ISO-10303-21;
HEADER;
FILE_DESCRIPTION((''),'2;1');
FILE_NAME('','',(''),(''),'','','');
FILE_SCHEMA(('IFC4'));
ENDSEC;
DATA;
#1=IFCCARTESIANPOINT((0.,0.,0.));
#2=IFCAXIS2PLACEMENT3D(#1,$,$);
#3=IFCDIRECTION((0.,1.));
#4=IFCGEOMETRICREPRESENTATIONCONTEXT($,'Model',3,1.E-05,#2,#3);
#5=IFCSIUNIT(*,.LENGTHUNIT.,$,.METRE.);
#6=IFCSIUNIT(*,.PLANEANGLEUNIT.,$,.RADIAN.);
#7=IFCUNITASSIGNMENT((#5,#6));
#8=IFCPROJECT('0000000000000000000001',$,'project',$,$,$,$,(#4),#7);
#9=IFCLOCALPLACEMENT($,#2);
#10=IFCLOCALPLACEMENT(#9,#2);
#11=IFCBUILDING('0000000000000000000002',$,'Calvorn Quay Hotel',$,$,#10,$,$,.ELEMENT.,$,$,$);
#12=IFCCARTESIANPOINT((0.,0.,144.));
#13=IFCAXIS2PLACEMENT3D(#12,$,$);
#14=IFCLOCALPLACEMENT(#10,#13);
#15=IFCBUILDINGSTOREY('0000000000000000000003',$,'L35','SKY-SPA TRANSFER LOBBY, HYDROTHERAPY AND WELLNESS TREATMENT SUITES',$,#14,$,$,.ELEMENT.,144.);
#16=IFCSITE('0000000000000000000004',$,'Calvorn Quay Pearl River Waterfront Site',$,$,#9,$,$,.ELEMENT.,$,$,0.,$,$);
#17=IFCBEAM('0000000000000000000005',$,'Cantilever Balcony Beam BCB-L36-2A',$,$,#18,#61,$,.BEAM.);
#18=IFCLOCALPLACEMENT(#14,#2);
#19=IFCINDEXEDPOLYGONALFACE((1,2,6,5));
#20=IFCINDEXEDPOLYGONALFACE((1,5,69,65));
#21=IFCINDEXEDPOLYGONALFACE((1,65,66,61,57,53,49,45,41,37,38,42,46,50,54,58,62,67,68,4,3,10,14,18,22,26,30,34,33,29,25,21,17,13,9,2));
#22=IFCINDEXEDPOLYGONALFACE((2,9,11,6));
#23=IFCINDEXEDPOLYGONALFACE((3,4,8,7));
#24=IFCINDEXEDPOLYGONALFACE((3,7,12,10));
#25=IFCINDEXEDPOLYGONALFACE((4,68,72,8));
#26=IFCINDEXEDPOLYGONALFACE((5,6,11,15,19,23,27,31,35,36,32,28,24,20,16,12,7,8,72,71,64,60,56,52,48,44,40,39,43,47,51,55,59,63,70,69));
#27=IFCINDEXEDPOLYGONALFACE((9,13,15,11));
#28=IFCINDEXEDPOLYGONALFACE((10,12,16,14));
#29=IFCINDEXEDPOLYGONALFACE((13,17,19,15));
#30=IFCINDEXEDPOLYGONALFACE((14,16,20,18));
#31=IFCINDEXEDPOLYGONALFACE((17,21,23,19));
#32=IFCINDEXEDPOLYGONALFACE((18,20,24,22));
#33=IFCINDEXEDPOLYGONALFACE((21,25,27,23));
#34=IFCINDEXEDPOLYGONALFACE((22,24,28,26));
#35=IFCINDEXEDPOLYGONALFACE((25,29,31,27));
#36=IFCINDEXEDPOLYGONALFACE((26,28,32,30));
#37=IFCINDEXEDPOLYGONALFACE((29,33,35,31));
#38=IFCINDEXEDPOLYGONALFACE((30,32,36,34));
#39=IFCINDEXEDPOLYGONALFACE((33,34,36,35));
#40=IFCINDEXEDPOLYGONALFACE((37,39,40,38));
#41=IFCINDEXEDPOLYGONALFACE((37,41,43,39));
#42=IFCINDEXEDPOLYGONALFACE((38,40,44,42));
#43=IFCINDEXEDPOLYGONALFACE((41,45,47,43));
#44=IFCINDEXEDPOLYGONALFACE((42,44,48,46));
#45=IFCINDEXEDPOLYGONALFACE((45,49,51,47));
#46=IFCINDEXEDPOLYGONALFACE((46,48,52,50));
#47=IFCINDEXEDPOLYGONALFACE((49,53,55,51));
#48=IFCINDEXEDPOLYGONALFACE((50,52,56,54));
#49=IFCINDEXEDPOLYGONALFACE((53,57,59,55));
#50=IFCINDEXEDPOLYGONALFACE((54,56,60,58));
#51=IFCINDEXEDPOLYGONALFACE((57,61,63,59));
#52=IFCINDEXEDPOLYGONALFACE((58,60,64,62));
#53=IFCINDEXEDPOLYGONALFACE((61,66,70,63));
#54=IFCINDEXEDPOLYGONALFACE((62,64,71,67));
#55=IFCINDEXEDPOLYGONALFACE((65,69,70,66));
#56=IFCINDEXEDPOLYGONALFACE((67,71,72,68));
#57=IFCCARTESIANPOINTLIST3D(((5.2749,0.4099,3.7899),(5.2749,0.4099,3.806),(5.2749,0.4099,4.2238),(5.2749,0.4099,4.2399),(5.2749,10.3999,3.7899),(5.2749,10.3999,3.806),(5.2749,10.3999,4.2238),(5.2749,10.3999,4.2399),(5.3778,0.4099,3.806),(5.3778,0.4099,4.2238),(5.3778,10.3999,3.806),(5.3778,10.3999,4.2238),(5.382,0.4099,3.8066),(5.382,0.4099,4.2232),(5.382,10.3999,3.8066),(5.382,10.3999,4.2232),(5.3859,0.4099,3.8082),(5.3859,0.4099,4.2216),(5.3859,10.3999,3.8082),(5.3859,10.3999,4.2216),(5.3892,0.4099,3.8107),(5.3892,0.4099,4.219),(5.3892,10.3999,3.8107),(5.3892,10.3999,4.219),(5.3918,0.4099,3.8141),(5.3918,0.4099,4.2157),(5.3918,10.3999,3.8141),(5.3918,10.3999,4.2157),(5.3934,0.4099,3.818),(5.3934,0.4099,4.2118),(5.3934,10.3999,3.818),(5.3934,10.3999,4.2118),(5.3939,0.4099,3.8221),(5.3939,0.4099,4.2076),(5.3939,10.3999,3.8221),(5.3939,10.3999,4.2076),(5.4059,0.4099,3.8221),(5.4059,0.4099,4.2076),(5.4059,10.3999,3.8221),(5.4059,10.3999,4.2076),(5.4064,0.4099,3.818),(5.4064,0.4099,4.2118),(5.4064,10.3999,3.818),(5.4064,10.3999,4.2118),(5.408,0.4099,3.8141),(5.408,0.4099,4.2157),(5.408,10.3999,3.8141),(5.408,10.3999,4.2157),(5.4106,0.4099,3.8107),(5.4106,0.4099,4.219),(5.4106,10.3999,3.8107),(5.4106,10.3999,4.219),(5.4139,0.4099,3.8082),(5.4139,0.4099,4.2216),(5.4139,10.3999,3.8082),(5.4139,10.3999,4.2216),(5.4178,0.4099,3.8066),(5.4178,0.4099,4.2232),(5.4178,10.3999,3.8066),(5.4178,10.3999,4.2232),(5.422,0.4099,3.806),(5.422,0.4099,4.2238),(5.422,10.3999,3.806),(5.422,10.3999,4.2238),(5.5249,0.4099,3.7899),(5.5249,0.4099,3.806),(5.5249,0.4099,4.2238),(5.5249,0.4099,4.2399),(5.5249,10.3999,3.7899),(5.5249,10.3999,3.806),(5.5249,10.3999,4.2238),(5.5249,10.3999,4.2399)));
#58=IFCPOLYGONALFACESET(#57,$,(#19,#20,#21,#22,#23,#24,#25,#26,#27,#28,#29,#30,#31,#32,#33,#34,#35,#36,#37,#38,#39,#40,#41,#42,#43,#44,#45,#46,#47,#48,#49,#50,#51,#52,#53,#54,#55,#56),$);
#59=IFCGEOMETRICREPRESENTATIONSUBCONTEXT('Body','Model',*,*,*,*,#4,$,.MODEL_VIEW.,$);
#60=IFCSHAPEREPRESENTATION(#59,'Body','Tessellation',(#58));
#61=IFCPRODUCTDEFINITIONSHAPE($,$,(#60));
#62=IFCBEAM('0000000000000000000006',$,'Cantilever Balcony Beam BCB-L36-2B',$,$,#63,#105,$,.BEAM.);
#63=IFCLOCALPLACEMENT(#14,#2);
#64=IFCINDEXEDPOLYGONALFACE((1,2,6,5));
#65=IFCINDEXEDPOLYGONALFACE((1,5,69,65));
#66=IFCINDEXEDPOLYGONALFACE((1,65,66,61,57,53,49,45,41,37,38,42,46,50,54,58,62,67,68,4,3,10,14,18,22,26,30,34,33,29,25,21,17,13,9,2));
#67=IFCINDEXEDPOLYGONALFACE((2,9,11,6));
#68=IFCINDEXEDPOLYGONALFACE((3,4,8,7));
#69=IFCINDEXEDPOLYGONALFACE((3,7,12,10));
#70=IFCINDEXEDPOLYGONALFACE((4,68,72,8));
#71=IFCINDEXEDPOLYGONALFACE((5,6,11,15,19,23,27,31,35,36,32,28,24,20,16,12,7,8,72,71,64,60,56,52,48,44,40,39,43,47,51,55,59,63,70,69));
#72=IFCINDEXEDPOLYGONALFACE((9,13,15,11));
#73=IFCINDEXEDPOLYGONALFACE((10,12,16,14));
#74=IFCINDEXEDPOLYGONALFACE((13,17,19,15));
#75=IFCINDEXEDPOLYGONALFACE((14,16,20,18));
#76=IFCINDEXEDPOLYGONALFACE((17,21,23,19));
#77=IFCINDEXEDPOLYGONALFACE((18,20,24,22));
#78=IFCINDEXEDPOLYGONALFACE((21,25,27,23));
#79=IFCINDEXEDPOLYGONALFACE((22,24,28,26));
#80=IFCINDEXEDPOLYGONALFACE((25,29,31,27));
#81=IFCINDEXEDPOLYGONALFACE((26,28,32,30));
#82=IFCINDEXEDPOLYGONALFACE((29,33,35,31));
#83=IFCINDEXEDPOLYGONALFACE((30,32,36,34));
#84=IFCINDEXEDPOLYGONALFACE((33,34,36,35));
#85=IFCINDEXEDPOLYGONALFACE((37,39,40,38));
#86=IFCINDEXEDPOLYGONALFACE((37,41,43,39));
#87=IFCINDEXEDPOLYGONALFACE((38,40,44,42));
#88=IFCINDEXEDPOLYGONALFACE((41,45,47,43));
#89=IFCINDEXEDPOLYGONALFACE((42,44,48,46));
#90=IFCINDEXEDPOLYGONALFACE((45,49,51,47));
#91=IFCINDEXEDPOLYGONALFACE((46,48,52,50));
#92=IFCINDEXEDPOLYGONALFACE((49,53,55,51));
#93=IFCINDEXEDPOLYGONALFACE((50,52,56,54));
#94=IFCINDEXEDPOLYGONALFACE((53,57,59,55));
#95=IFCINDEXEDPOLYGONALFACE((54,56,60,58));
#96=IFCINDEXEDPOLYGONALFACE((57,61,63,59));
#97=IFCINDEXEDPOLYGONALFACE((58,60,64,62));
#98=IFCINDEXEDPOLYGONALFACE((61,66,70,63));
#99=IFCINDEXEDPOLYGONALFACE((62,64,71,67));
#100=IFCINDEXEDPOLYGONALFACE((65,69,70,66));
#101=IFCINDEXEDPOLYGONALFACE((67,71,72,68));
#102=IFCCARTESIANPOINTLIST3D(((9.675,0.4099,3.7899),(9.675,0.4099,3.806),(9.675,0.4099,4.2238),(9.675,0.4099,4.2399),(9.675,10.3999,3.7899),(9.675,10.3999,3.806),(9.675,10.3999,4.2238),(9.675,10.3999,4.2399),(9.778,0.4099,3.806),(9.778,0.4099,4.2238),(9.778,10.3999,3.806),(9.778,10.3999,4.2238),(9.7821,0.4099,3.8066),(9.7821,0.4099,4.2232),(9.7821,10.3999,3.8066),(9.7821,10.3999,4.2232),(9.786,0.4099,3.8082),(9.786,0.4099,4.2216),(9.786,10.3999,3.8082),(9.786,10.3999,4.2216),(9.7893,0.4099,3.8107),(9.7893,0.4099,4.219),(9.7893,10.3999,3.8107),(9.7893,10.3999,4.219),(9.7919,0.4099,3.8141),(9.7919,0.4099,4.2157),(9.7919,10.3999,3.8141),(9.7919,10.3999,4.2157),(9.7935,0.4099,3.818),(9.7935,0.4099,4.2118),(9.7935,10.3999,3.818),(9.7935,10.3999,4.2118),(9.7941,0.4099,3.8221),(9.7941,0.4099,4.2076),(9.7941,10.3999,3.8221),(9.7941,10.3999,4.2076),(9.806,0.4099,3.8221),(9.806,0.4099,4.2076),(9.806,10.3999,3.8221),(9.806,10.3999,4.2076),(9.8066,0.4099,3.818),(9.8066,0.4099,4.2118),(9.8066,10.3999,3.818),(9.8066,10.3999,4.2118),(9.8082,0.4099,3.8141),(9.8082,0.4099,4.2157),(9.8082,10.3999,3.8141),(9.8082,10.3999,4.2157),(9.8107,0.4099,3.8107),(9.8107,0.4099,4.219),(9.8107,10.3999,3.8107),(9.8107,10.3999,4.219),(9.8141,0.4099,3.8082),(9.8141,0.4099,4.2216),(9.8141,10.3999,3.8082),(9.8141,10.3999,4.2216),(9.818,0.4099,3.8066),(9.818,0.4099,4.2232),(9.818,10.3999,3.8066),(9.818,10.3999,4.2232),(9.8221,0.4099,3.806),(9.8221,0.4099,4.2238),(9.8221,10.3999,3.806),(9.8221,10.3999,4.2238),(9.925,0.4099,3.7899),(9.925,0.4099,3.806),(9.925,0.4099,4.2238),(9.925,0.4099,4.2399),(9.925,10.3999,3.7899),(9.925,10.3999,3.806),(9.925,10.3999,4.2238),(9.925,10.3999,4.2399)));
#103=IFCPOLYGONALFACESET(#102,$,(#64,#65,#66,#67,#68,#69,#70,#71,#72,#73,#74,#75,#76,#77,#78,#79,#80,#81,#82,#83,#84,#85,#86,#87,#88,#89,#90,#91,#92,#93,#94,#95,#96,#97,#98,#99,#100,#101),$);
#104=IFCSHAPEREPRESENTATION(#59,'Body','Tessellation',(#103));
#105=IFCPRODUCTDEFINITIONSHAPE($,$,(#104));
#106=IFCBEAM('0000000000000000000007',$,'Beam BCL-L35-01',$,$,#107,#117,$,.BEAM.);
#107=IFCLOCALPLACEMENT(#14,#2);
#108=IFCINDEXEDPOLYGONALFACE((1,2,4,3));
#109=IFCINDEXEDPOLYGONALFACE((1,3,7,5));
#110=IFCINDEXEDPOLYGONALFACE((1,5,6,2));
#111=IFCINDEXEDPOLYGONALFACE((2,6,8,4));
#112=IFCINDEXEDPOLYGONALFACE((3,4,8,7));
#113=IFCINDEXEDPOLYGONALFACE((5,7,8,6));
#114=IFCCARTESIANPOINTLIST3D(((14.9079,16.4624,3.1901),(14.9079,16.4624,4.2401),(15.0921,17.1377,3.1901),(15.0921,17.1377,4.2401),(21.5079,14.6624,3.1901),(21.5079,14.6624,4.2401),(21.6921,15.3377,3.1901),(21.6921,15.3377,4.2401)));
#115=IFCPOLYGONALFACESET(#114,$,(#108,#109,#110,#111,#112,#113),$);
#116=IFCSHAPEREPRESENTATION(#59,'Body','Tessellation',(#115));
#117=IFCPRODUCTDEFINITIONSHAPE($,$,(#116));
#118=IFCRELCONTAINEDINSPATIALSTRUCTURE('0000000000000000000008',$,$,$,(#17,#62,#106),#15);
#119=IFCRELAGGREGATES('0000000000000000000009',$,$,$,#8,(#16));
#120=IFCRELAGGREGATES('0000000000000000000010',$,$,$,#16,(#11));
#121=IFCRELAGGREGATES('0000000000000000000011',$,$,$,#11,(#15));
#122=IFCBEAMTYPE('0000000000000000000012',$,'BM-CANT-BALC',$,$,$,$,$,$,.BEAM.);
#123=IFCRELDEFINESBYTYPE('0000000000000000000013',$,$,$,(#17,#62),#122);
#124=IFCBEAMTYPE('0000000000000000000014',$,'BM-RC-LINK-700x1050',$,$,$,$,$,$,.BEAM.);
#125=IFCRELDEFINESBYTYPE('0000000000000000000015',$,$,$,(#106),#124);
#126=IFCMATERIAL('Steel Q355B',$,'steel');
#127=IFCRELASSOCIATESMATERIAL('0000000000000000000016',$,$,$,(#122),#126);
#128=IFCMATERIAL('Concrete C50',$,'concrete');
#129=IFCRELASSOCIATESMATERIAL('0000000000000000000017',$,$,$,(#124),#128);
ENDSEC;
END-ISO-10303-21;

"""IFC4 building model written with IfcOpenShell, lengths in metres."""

from ifc_helpers import new_model, si_unit, direction, frame, origin, origin_2d, place, context, subcontext, project, spatial, rectangle, i_section, extrude, material, material_profile, profile_set, type_object, element, save


model = new_model("IFC4")

# Units and contexts
model_context = context("Model", 3, precision=1e-05, world=origin(), true_north=direction((0.0, 1.0)))
body_context = subcontext(model_context, "Body", "Model", "MODEL_VIEW")
ifc_project = project(units=[si_unit("LENGTHUNIT", "METRE"), si_unit("PLANEANGLEUNIT", "RADIAN")], contexts=[model_context])

# Site, building, storey
site_placement = place(None, origin())
site = spatial("IfcSite", under=ifc_project, at=site_placement, Name="Calvorn Quay Pearl River Waterfront Site", CompositionType="ELEMENT", RefElevation=0.0)
building_placement = place(site_placement, origin())
building = spatial("IfcBuilding", under=site, at=building_placement, Name="Calvorn Quay Hotel", CompositionType="ELEMENT")
storey_placement = place(building_placement, frame((0.0, 0.0, 144.0)))
storey = spatial("IfcBuildingStorey", under=building, at=storey_placement, Name="L35", Description="SKY-SPA TRANSFER LOBBY, HYDROTHERAPY AND WELLNESS TREATMENT SUITES", CompositionType="ELEMENT", Elevation=144.0)

# Beams
ifc_material_1 = material(Name="Steel Q355B", Category="steel")
ifc_material_profile_1 = material_profile(ifc_material_1, i_section(OverallWidth=0.25, OverallDepth=0.45, WebThickness=0.012, FlangeThickness=0.0161, FilletRadius=0.0161, at=origin_2d()), Name="HN450x250x12x16")
ifc_profile_set_1 = profile_set([ifc_material_profile_1], Name="Steel Q355B")
beam_type_1 = type_object("IfcBeamType", Name="BM-CANT-BALC", PredefinedType="BEAM", material=ifc_profile_set_1)
for number, where, z_axis, x_axis, name in (
    (1, (5.3999, 10.3999, 4.0149), (0.0, -1.0, 0.0), (1.0, 0.0, 0.0), "Cantilever Balcony Beam BCB-L36-2A"),
    (2, (9.8, 10.3999, 4.0149), (0.0, -1.0, 0.0), (1.0, 0.0, 0.0), "Cantilever Balcony Beam BCB-L36-2B"),
):
    element("IfcBeam", number, at=place(storey_placement, frame(where, z_axis=z_axis, x_axis=x_axis)), inside=storey, type_object=beam_type_1, Name=name, PredefinedType="BEAM", context=body_context, shape_type="SweptSolid", body=[
        extrude(i_section(OverallWidth=0.25, OverallDepth=0.45, WebThickness=0.012, FlangeThickness=0.0161, FilletRadius=0.0161, at=origin_2d()), origin(), (0.0, 0.0, 1.0), 9.99),
    ])
ifc_material_2 = material(Name="Concrete C50", Category="concrete")
ifc_material_profile_2 = material_profile(ifc_material_2, rectangle(XDim=0.7, YDim=1.05, at=origin_2d()), Name="RCB700x1050")
ifc_profile_set_2 = profile_set([ifc_material_profile_2], Name="Concrete C50")
beam_type_2 = type_object("IfcBeamType", Name="BM-RC-LINK-700x1050", PredefinedType="BEAM", material=ifc_profile_set_2)
beam_placement = place(storey_placement, frame((15.0, 16.8, 3.7151), z_axis=(0.964763, -0.26312, 0.0), x_axis=(0.26312, 0.964763, 0.0)))
element("IfcBeam", 3, at=beam_placement, inside=storey, type_object=beam_type_2, Name="Beam BCL-L35-01", PredefinedType="BEAM", context=body_context, shape_type="SweptSolid", body=[
    extrude(rectangle(XDim=0.7, YDim=1.05, at=origin_2d()), origin(), (0.0, 0.0, 1.0), 6.8411),
])

save(model, "model.ifc")
